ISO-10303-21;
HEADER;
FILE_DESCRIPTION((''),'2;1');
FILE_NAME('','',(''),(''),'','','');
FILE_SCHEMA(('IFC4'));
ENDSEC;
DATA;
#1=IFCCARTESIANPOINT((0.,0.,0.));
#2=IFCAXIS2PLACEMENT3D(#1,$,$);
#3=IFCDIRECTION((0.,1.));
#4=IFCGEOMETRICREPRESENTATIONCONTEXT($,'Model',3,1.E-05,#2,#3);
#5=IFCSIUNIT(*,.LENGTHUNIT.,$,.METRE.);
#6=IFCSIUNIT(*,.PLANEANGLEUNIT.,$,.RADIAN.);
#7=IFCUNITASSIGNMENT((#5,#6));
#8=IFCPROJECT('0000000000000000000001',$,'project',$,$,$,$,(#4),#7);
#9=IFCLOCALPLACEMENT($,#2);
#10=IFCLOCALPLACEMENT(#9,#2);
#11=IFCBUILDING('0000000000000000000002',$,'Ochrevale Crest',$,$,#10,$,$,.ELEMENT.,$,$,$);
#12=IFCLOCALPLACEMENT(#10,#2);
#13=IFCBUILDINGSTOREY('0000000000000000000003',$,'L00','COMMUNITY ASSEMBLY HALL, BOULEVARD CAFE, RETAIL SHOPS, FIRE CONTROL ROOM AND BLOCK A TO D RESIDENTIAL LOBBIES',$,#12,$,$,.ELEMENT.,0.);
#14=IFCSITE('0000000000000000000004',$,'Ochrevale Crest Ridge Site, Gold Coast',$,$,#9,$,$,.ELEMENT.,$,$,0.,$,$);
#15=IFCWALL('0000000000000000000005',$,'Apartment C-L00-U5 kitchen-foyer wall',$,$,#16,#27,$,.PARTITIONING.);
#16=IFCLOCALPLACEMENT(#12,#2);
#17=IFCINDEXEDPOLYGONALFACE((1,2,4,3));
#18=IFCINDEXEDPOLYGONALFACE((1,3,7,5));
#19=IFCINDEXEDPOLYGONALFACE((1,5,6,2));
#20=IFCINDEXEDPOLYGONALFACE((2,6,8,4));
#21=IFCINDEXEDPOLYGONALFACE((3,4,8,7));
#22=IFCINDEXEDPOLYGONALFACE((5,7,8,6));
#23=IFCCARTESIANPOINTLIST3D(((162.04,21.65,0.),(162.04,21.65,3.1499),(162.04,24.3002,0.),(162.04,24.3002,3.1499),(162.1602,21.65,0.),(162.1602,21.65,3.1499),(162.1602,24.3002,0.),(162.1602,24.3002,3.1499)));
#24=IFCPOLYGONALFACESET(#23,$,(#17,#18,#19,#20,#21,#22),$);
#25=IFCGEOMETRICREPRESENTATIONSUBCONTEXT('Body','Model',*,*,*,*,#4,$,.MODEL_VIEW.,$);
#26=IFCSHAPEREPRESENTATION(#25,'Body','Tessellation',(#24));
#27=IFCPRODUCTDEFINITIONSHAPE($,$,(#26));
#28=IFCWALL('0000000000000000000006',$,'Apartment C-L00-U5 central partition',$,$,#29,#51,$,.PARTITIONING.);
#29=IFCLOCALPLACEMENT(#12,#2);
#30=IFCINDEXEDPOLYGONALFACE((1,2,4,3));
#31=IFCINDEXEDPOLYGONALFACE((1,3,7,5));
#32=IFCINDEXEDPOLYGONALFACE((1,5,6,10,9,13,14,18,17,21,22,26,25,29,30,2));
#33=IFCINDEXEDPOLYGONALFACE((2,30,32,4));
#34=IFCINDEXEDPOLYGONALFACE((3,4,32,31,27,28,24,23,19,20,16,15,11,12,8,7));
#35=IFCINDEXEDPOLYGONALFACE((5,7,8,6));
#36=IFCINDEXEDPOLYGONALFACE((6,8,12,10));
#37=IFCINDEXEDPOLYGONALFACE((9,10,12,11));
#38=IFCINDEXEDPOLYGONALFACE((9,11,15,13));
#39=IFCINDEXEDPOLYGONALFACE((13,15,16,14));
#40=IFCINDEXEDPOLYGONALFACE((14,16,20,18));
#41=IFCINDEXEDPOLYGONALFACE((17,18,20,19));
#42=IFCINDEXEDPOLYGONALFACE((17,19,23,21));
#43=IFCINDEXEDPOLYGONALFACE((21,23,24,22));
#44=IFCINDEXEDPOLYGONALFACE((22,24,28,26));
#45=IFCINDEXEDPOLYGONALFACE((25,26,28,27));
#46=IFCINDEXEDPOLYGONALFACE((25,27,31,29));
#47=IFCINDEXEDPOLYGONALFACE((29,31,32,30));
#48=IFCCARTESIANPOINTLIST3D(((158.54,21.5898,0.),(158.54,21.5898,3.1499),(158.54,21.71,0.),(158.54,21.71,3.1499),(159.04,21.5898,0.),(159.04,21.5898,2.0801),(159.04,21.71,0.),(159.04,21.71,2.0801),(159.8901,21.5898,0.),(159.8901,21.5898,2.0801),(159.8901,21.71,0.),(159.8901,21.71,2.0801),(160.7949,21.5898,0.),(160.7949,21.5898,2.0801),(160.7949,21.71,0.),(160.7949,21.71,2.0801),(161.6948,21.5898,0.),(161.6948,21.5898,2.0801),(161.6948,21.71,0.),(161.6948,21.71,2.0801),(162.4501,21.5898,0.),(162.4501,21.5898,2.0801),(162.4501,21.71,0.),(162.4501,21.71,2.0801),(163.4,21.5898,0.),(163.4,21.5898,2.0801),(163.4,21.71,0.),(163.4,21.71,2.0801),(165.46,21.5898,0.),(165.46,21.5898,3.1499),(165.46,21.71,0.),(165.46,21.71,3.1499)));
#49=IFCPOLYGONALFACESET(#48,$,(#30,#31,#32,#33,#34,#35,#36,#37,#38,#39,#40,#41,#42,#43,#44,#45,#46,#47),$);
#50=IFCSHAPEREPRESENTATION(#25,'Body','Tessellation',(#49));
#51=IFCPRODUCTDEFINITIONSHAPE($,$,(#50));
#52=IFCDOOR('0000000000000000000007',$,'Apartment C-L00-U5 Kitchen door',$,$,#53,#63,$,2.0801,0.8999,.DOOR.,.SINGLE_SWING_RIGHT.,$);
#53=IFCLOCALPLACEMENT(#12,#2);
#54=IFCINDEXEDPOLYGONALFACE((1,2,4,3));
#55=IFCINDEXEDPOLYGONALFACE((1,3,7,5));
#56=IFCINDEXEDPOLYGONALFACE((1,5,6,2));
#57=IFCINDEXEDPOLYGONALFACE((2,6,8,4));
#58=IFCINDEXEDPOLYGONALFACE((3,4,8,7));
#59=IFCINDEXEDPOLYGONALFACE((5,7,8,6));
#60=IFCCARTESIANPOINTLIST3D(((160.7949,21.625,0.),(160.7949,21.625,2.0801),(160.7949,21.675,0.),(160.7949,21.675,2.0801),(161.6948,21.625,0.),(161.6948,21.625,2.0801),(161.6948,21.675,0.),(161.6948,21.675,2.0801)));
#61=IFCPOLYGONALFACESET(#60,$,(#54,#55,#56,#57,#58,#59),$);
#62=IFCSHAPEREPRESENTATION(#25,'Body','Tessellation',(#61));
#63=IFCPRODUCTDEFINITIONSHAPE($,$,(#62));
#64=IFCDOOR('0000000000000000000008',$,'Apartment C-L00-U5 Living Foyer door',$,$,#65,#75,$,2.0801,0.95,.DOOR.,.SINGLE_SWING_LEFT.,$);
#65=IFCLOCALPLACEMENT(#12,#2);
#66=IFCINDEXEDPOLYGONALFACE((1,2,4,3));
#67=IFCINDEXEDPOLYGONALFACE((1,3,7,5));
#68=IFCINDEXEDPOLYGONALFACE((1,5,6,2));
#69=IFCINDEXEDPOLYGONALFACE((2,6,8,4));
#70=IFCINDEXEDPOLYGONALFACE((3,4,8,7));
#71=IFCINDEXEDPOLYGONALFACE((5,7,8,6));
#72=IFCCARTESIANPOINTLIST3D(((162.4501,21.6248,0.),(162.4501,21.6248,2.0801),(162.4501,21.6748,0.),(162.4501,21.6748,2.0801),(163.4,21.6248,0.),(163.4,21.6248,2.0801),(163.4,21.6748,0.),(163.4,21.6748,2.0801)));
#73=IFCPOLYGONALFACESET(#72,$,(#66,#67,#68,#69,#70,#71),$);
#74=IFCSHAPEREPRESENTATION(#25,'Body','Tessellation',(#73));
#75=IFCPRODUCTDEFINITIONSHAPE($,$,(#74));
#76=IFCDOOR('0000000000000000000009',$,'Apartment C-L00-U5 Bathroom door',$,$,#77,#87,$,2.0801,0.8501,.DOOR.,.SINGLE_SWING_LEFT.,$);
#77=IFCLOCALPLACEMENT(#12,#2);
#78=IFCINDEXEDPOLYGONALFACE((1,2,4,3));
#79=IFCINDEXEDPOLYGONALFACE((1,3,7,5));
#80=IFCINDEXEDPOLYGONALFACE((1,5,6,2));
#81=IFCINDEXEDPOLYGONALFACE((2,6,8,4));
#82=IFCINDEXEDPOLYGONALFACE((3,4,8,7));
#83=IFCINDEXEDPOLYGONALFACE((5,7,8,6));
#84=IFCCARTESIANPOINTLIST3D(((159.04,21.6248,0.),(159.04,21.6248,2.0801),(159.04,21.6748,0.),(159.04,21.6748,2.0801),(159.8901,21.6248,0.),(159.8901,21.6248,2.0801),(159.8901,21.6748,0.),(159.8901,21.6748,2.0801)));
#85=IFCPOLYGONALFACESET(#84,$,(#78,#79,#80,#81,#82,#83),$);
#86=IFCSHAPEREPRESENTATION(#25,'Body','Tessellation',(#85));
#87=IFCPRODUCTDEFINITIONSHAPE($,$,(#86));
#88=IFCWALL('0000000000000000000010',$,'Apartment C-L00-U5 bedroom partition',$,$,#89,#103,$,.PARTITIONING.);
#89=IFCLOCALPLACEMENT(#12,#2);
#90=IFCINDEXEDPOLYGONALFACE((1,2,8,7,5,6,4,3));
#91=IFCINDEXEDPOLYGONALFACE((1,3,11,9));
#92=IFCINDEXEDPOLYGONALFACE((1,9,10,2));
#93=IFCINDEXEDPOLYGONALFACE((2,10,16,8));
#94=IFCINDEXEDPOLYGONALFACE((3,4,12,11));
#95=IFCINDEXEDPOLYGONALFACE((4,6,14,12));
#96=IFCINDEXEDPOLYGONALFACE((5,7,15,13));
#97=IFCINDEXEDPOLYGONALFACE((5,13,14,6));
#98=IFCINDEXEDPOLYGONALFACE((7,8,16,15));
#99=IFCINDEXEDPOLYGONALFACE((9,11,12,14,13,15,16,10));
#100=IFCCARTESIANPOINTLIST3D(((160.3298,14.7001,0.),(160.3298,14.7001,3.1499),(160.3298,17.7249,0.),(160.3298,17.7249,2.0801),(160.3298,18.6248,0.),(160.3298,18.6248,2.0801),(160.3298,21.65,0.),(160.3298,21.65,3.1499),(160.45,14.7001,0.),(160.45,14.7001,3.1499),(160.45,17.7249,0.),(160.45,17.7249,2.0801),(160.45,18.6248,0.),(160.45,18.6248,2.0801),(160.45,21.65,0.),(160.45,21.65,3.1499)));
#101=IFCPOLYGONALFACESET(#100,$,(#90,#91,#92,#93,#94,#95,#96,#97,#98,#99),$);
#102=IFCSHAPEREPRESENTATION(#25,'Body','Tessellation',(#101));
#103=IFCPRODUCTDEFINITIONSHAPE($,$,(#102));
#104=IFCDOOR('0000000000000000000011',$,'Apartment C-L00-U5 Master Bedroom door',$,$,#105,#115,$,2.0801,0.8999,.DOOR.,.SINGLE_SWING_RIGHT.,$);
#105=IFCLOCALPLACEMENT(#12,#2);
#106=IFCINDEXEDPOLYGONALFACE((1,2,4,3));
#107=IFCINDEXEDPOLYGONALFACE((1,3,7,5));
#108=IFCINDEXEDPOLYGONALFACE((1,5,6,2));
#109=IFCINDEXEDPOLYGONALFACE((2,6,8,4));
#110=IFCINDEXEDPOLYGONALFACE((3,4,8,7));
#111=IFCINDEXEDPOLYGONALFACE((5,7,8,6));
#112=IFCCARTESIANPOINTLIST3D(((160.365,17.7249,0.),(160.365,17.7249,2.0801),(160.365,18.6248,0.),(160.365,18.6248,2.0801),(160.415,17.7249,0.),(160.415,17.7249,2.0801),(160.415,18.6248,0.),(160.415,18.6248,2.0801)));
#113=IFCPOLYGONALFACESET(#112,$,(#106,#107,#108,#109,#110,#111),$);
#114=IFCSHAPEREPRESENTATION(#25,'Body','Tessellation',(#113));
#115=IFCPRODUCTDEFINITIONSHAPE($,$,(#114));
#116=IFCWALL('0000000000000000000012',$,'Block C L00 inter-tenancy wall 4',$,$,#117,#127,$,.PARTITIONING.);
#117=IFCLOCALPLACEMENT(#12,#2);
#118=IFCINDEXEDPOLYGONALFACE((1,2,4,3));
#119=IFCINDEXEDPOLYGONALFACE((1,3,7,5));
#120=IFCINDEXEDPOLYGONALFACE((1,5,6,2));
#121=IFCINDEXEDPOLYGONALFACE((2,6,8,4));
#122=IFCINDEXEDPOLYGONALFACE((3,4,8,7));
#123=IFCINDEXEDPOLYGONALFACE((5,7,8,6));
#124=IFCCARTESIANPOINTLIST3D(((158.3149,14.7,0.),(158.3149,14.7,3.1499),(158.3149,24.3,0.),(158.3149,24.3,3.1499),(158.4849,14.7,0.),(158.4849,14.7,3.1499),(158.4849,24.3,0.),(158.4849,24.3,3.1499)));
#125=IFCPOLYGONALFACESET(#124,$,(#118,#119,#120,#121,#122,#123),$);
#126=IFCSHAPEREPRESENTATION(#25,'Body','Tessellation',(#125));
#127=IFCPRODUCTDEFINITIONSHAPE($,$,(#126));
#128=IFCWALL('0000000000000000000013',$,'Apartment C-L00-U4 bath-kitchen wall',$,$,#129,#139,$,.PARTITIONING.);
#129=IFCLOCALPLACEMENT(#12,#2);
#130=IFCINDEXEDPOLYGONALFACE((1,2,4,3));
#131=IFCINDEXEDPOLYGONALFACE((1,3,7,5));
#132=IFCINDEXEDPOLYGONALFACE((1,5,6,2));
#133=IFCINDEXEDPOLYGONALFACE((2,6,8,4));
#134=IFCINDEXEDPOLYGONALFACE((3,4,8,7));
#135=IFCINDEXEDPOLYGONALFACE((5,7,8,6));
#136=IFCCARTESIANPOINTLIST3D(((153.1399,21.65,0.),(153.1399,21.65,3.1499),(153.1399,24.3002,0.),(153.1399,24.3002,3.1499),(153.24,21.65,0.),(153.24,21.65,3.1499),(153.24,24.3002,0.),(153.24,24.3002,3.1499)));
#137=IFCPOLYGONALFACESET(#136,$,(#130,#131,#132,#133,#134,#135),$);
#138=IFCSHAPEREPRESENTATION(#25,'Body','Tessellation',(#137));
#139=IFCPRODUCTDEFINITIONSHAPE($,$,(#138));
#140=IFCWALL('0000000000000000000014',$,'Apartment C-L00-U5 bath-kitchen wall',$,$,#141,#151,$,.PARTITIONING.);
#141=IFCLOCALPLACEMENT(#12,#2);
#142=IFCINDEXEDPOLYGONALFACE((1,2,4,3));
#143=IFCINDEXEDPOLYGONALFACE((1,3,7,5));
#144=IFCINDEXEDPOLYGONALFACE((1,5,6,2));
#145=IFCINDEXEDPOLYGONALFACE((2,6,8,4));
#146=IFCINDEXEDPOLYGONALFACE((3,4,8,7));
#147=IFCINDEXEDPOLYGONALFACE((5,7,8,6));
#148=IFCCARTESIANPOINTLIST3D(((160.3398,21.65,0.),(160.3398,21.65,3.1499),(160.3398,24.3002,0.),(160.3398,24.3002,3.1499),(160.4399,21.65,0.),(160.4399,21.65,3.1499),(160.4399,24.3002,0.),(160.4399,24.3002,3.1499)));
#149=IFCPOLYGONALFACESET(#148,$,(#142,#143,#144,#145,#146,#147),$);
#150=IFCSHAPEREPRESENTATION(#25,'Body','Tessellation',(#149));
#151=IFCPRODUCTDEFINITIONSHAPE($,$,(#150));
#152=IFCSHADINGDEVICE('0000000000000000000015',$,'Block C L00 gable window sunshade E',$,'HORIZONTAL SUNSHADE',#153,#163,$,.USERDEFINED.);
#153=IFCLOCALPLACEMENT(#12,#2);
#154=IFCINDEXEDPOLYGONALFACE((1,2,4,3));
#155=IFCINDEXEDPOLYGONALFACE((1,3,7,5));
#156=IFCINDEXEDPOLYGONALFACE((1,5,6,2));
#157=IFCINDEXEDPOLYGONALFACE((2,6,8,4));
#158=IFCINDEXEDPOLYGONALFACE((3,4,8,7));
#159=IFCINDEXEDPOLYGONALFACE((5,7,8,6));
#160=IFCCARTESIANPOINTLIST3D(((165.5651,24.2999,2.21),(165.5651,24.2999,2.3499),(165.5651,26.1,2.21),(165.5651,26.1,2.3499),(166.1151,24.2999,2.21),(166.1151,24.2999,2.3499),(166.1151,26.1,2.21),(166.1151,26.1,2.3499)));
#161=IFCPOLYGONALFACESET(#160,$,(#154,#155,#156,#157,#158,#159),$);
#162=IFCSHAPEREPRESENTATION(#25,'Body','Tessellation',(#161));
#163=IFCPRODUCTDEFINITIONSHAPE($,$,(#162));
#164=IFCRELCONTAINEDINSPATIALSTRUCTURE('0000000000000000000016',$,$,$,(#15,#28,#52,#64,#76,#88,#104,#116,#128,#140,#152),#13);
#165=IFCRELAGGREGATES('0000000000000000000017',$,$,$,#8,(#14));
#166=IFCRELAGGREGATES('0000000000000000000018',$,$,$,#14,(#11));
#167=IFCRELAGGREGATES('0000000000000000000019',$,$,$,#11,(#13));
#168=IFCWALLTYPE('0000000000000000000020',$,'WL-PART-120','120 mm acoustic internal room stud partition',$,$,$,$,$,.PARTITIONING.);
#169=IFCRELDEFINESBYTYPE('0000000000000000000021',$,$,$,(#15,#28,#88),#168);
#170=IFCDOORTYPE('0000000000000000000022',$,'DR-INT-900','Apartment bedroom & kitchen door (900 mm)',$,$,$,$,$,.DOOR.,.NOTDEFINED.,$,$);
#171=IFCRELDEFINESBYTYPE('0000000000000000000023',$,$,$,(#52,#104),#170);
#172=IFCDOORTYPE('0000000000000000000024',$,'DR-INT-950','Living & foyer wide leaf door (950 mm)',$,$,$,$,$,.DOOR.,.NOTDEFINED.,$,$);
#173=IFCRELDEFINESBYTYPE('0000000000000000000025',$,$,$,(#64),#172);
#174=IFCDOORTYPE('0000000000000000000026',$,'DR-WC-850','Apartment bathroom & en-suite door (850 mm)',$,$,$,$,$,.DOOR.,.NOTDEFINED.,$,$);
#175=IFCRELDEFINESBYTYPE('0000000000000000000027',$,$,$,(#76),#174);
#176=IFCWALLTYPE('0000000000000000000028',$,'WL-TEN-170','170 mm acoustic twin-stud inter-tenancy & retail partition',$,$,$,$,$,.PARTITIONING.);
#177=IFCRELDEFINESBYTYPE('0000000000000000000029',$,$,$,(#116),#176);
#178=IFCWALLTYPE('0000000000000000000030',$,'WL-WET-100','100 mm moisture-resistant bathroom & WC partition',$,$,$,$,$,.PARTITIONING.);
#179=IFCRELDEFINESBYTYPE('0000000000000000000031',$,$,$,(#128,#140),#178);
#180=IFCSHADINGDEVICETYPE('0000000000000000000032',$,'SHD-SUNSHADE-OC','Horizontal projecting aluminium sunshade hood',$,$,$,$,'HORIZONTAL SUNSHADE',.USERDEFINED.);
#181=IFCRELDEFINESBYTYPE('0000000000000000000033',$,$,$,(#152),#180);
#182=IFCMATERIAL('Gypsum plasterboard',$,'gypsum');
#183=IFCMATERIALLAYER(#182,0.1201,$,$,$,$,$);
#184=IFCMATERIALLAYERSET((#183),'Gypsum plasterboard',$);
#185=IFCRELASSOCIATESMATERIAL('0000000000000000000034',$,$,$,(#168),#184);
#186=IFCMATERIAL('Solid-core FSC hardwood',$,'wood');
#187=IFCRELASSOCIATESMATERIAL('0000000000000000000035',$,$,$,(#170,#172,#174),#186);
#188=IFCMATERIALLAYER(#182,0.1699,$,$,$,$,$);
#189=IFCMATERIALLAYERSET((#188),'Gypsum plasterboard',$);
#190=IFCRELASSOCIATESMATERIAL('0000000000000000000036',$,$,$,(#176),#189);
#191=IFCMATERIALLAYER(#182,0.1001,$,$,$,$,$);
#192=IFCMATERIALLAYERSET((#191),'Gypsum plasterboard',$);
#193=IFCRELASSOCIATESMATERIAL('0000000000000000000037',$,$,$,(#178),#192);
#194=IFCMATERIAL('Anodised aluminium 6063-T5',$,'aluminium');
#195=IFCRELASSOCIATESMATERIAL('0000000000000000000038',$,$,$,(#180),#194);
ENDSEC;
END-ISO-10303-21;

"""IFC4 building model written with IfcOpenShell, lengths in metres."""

from ifc_helpers import new_model, si_unit, direction, frame, frame_2d, origin, origin_2d, place, context, subcontext, project, spatial, rectangle, extrude, material, layer, layer_set, type_object, element, fill, save


model = new_model("IFC4")

# Units and contexts
model_context = context("Model", 3, precision=1e-05, world=origin(), true_north=direction((0.0, 1.0)))
body_context = subcontext(model_context, "Body", "Model", "MODEL_VIEW")
ifc_project = project(units=[si_unit("LENGTHUNIT", "METRE"), si_unit("PLANEANGLEUNIT", "RADIAN")], contexts=[model_context])

# Site, building, storey
site_placement = place(None, origin())
site = spatial("IfcSite", under=ifc_project, at=site_placement, Name="Ochrevale Crest Ridge Site, Gold Coast", CompositionType="ELEMENT", RefElevation=0.0)
building_placement = place(site_placement, origin())
building = spatial("IfcBuilding", under=site, at=building_placement, Name="Ochrevale Crest", CompositionType="ELEMENT")
storey_placement = place(building_placement, origin())
storey = spatial("IfcBuildingStorey", under=building, at=storey_placement, Name="L00", Description="COMMUNITY ASSEMBLY HALL, BOULEVARD CAFE, RETAIL SHOPS, FIRE CONTROL ROOM AND BLOCK A TO D RESIDENTIAL LOBBIES", CompositionType="ELEMENT", Elevation=0.0)

# Shared definitions
ifc_material_1 = material(Name="Gypsum plasterboard", Category="gypsum")
ifc_material_2 = material(Name="Solid-core FSC hardwood", Category="wood")

# Shared definitions
ifc_layer_1 = layer(ifc_material_1, 0.1201)
ifc_layer_set_1 = layer_set([ifc_layer_1], Name="Gypsum plasterboard")
wall_type_1 = type_object("IfcWallType", Name="WL-PART-120", Description="120 mm acoustic internal room stud partition", PredefinedType="PARTITIONING", material=ifc_layer_set_1)

# Shared definitions
door_type_1 = type_object("IfcDoorType", Name="DR-INT-900", Description="Apartment bedroom & kitchen door (900 mm)", OperationType="NOTDEFINED", PredefinedType="DOOR", material=ifc_material_2)

# Wall
wall_1_placement = place(storey_placement, frame((162.1001, 21.6499, 0.0), z_axis=(0.0, 0.0, 1.0), x_axis=(0.0, 1.0, 0.0)))
element("IfcWall", 1, at=wall_1_placement, inside=storey, type_object=wall_type_1, Name="Apartment C-L00-U5 kitchen-foyer wall", PredefinedType="PARTITIONING", context=body_context, shape_type="SweptSolid", body=[
    extrude(rectangle(XDim=2.6501, YDim=0.1201, at=frame_2d((1.3252, 0.0))), origin(), (0.0, 0.0, 1.0), 3.1499),
])

# Wall, openings, doors
wall_2_placement = place(storey_placement, frame((158.54, 21.6499, 0.0), z_axis=(0.0, 0.0, 1.0), x_axis=(1.0, 0.0, 0.0)))
wall_2 = element("IfcWall", 2, at=wall_2_placement, inside=storey, type_object=wall_type_1, Name="Apartment C-L00-U5 central partition", PredefinedType="PARTITIONING", context=body_context, shape_type="SweptSolid", body=[
    extrude(rectangle(XDim=6.9199, YDim=0.1201, at=frame_2d((3.46, 0.0))), origin(), (0.0, 0.0, 1.0), 3.1499),
])
opening_1_placement = place(wall_2_placement, frame((0.5, 0.0, 0.0)))
opening_1 = element("IfcOpeningElement", 3, at=opening_1_placement, cuts=wall_2, PredefinedType="OPENING", context=body_context, shape_type="SweptSolid", body=[
    extrude(rectangle(XDim=0.8501, YDim=2.0801, at=frame_2d((0.425, 1.04))), frame((0.0, 0.0701, 0.0), z_axis=(0.0, -1.0, 0.0), x_axis=(1.0, 0.0, 0.0)), (0.0, 0.0, 1.0), 0.1401),
])
opening_2_placement = place(wall_2_placement, frame((3.1548, 0.0, 0.0), z_axis=(0.0, 0.0, 1.0), x_axis=(-1.0, 0.0, 0.0)))
opening_2 = element("IfcOpeningElement", 4, at=opening_2_placement, cuts=wall_2, PredefinedType="OPENING", context=body_context, shape_type="SweptSolid", body=[
    extrude(rectangle(XDim=0.8999, YDim=2.0801, at=frame_2d((0.45, 1.04))), frame((0.0, 0.0701, 0.0), z_axis=(0.0, -1.0, 0.0), x_axis=(1.0, 0.0, 0.0)), (0.0, 0.0, 1.0), 0.1401),
])
opening_3_placement = place(wall_2_placement, frame((3.9099, 0.0, 0.0)))
opening_3 = element("IfcOpeningElement", 5, at=opening_3_placement, cuts=wall_2, PredefinedType="OPENING", context=body_context, shape_type="SweptSolid", body=[
    extrude(rectangle(XDim=0.95, YDim=2.0801, at=frame_2d((0.4751, 1.04))), frame((0.0, 0.0701, 0.0), z_axis=(0.0, -1.0, 0.0), x_axis=(1.0, 0.0, 0.0)), (0.0, 0.0, 1.0), 0.1401),
])
door_1_placement = place(opening_2_placement, origin())
door_1 = element("IfcDoor", 6, at=door_1_placement, inside=storey, type_object=door_type_1, Name="Apartment C-L00-U5 Kitchen door", OperationType="SINGLE_SWING_RIGHT", OverallHeight=2.0801, OverallWidth=0.8999, PredefinedType="DOOR", context=body_context, shape_type="SweptSolid", body=[
    extrude(rectangle(XDim=0.8999, YDim=2.0801, at=frame_2d((0.45, 1.04))), frame((0.0, 0.0249, 0.0), z_axis=(0.0, -1.0, 0.0), x_axis=(1.0, 0.0, 0.0)), (0.0, 0.0, 1.0), 0.05),
])
fill(opening_2, door_1)
door_type_2 = type_object("IfcDoorType", Name="DR-INT-950", Description="Living & foyer wide leaf door (950 mm)", OperationType="NOTDEFINED", PredefinedType="DOOR", material=ifc_material_2)
door_2_placement = place(opening_3_placement, origin())
door_2 = element("IfcDoor", 7, at=door_2_placement, inside=storey, type_object=door_type_2, Name="Apartment C-L00-U5 Living Foyer door", OperationType="SINGLE_SWING_LEFT", OverallHeight=2.0801, OverallWidth=0.95, PredefinedType="DOOR", context=body_context, shape_type="SweptSolid", body=[
    extrude(rectangle(XDim=0.95, YDim=2.0801, at=frame_2d((0.4751, 1.04))), frame((0.0, 0.0249, 0.0), z_axis=(0.0, -1.0, 0.0), x_axis=(1.0, 0.0, 0.0)), (0.0, 0.0, 1.0), 0.05),
])
fill(opening_3, door_2)
door_type_3 = type_object("IfcDoorType", Name="DR-WC-850", Description="Apartment bathroom & en-suite door (850 mm)", OperationType="NOTDEFINED", PredefinedType="DOOR", material=ifc_material_2)
door_3_placement = place(opening_1_placement, origin())
door_3 = element("IfcDoor", 8, at=door_3_placement, inside=storey, type_object=door_type_3, Name="Apartment C-L00-U5 Bathroom door", OperationType="SINGLE_SWING_LEFT", OverallHeight=2.0801, OverallWidth=0.8501, PredefinedType="DOOR", context=body_context, shape_type="SweptSolid", body=[
    extrude(rectangle(XDim=0.8501, YDim=2.0801, at=frame_2d((0.425, 1.04))), frame((0.0, 0.0249, 0.0), z_axis=(0.0, -1.0, 0.0), x_axis=(1.0, 0.0, 0.0)), (0.0, 0.0, 1.0), 0.05),
])
fill(opening_1, door_3)

# Wall, opening, door
wall_3_placement = place(storey_placement, frame((160.3899, 14.7, 0.0), z_axis=(0.0, 0.0, 1.0), x_axis=(0.0, 1.0, 0.0)))
wall_3 = element("IfcWall", 9, at=wall_3_placement, inside=storey, type_object=wall_type_1, Name="Apartment C-L00-U5 bedroom partition", PredefinedType="PARTITIONING", context=body_context, shape_type="SweptSolid", body=[
    extrude(rectangle(XDim=6.95, YDim=0.1201, at=frame_2d((3.4751, 0.0))), origin(), (0.0, 0.0, 1.0), 3.1499),
])
opening_4_placement = place(wall_3_placement, frame((3.0249, 0.0, 0.0)))
opening_4 = element("IfcOpeningElement", 10, at=opening_4_placement, cuts=wall_3, PredefinedType="OPENING", context=body_context, shape_type="SweptSolid", body=[
    extrude(rectangle(XDim=0.8999, YDim=2.0801, at=frame_2d((0.45, 1.04))), frame((0.0, 0.0701, 0.0), z_axis=(0.0, -1.0, 0.0), x_axis=(1.0, 0.0, 0.0)), (0.0, 0.0, 1.0), 0.1401),
])
door_4_placement = place(opening_4_placement, origin())
door_4 = element("IfcDoor", 11, at=door_4_placement, inside=storey, type_object=door_type_1, Name="Apartment C-L00-U5 Master Bedroom door", OperationType="SINGLE_SWING_RIGHT", OverallHeight=2.0801, OverallWidth=0.8999, PredefinedType="DOOR", context=body_context, shape_type="SweptSolid", body=[
    extrude(rectangle(XDim=0.8999, YDim=2.0801, at=frame_2d((0.45, 1.04))), frame((0.0, 0.0249, 0.0), z_axis=(0.0, -1.0, 0.0), x_axis=(1.0, 0.0, 0.0)), (0.0, 0.0, 1.0), 0.05),
])
fill(opening_4, door_4)

# Walls
ifc_layer_2 = layer(ifc_material_1, 0.1699)
ifc_layer_set_2 = layer_set([ifc_layer_2], Name="Gypsum plasterboard")
wall_type_2 = type_object("IfcWallType", Name="WL-TEN-170", Description="170 mm acoustic twin-stud inter-tenancy & retail partition", PredefinedType="PARTITIONING", material=ifc_layer_set_2)
wall_4_placement = place(storey_placement, frame((158.3999, 14.7, 0.0), z_axis=(0.0, 0.0, 1.0), x_axis=(0.0, 1.0, 0.0)))
element("IfcWall", 12, at=wall_4_placement, inside=storey, type_object=wall_type_2, Name="Block C L00 inter-tenancy wall 4", PredefinedType="PARTITIONING", context=body_context, shape_type="SweptSolid", body=[
    extrude(rectangle(XDim=9.6001, YDim=0.1699, at=frame_2d((4.8, 0.0))), origin(), (0.0, 0.0, 1.0), 3.1499),
])
ifc_layer_3 = layer(ifc_material_1, 0.1001)
ifc_layer_set_3 = layer_set([ifc_layer_3], Name="Gypsum plasterboard")
wall_type_3 = type_object("IfcWallType", Name="WL-WET-100", Description="100 mm moisture-resistant bathroom & WC partition", PredefinedType="PARTITIONING", material=ifc_layer_set_3)
for number, where, z_axis, x_axis, name in (
    (13, (153.1899, 21.6499, 0.0), (0.0, 0.0, 1.0), (0.0, 1.0, 0.0), "Apartment C-L00-U4 bath-kitchen wall"),
    (14, (160.3899, 21.6499, 0.0), (0.0, 0.0, 1.0), (0.0, 1.0, 0.0), "Apartment C-L00-U5 bath-kitchen wall"),
):
    element("IfcWall", number, at=place(storey_placement, frame(where, z_axis=z_axis, x_axis=x_axis)), inside=storey, type_object=wall_type_3, Name=name, PredefinedType="PARTITIONING", context=body_context, shape_type="SweptSolid", body=[
        extrude(rectangle(XDim=2.6501, YDim=0.1001, at=frame_2d((1.3252, 0.0))), origin(), (0.0, 0.0, 1.0), 3.1499),
    ])

# Shading device
ifc_material_3 = material(Name="Anodised aluminium 6063-T5", Category="aluminium")
shading_device_type = type_object("IfcShadingDeviceType", Name="SHD-SUNSHADE-OC", Description="Horizontal projecting aluminium sunshade hood", ElementType="HORIZONTAL SUNSHADE", PredefinedType="USERDEFINED", material=ifc_material_3)
shading_device_placement = place(storey_placement, frame((165.8401, 25.2, 2.21), z_axis=(0.0, 0.0, 1.0), x_axis=(1.0, 0.0, 0.0)))
element("IfcShadingDevice", 15, at=shading_device_placement, inside=storey, type_object=shading_device_type, Name="Block C L00 gable window sunshade E", ObjectType="HORIZONTAL SUNSHADE", PredefinedType="USERDEFINED", context=body_context, shape_type="SweptSolid", body=[
    extrude(rectangle(XDim=0.55, YDim=1.8, at=origin_2d()), origin(), (0.0, 0.0, 1.0), 0.1399),
])

save(model, "model.ifc")
